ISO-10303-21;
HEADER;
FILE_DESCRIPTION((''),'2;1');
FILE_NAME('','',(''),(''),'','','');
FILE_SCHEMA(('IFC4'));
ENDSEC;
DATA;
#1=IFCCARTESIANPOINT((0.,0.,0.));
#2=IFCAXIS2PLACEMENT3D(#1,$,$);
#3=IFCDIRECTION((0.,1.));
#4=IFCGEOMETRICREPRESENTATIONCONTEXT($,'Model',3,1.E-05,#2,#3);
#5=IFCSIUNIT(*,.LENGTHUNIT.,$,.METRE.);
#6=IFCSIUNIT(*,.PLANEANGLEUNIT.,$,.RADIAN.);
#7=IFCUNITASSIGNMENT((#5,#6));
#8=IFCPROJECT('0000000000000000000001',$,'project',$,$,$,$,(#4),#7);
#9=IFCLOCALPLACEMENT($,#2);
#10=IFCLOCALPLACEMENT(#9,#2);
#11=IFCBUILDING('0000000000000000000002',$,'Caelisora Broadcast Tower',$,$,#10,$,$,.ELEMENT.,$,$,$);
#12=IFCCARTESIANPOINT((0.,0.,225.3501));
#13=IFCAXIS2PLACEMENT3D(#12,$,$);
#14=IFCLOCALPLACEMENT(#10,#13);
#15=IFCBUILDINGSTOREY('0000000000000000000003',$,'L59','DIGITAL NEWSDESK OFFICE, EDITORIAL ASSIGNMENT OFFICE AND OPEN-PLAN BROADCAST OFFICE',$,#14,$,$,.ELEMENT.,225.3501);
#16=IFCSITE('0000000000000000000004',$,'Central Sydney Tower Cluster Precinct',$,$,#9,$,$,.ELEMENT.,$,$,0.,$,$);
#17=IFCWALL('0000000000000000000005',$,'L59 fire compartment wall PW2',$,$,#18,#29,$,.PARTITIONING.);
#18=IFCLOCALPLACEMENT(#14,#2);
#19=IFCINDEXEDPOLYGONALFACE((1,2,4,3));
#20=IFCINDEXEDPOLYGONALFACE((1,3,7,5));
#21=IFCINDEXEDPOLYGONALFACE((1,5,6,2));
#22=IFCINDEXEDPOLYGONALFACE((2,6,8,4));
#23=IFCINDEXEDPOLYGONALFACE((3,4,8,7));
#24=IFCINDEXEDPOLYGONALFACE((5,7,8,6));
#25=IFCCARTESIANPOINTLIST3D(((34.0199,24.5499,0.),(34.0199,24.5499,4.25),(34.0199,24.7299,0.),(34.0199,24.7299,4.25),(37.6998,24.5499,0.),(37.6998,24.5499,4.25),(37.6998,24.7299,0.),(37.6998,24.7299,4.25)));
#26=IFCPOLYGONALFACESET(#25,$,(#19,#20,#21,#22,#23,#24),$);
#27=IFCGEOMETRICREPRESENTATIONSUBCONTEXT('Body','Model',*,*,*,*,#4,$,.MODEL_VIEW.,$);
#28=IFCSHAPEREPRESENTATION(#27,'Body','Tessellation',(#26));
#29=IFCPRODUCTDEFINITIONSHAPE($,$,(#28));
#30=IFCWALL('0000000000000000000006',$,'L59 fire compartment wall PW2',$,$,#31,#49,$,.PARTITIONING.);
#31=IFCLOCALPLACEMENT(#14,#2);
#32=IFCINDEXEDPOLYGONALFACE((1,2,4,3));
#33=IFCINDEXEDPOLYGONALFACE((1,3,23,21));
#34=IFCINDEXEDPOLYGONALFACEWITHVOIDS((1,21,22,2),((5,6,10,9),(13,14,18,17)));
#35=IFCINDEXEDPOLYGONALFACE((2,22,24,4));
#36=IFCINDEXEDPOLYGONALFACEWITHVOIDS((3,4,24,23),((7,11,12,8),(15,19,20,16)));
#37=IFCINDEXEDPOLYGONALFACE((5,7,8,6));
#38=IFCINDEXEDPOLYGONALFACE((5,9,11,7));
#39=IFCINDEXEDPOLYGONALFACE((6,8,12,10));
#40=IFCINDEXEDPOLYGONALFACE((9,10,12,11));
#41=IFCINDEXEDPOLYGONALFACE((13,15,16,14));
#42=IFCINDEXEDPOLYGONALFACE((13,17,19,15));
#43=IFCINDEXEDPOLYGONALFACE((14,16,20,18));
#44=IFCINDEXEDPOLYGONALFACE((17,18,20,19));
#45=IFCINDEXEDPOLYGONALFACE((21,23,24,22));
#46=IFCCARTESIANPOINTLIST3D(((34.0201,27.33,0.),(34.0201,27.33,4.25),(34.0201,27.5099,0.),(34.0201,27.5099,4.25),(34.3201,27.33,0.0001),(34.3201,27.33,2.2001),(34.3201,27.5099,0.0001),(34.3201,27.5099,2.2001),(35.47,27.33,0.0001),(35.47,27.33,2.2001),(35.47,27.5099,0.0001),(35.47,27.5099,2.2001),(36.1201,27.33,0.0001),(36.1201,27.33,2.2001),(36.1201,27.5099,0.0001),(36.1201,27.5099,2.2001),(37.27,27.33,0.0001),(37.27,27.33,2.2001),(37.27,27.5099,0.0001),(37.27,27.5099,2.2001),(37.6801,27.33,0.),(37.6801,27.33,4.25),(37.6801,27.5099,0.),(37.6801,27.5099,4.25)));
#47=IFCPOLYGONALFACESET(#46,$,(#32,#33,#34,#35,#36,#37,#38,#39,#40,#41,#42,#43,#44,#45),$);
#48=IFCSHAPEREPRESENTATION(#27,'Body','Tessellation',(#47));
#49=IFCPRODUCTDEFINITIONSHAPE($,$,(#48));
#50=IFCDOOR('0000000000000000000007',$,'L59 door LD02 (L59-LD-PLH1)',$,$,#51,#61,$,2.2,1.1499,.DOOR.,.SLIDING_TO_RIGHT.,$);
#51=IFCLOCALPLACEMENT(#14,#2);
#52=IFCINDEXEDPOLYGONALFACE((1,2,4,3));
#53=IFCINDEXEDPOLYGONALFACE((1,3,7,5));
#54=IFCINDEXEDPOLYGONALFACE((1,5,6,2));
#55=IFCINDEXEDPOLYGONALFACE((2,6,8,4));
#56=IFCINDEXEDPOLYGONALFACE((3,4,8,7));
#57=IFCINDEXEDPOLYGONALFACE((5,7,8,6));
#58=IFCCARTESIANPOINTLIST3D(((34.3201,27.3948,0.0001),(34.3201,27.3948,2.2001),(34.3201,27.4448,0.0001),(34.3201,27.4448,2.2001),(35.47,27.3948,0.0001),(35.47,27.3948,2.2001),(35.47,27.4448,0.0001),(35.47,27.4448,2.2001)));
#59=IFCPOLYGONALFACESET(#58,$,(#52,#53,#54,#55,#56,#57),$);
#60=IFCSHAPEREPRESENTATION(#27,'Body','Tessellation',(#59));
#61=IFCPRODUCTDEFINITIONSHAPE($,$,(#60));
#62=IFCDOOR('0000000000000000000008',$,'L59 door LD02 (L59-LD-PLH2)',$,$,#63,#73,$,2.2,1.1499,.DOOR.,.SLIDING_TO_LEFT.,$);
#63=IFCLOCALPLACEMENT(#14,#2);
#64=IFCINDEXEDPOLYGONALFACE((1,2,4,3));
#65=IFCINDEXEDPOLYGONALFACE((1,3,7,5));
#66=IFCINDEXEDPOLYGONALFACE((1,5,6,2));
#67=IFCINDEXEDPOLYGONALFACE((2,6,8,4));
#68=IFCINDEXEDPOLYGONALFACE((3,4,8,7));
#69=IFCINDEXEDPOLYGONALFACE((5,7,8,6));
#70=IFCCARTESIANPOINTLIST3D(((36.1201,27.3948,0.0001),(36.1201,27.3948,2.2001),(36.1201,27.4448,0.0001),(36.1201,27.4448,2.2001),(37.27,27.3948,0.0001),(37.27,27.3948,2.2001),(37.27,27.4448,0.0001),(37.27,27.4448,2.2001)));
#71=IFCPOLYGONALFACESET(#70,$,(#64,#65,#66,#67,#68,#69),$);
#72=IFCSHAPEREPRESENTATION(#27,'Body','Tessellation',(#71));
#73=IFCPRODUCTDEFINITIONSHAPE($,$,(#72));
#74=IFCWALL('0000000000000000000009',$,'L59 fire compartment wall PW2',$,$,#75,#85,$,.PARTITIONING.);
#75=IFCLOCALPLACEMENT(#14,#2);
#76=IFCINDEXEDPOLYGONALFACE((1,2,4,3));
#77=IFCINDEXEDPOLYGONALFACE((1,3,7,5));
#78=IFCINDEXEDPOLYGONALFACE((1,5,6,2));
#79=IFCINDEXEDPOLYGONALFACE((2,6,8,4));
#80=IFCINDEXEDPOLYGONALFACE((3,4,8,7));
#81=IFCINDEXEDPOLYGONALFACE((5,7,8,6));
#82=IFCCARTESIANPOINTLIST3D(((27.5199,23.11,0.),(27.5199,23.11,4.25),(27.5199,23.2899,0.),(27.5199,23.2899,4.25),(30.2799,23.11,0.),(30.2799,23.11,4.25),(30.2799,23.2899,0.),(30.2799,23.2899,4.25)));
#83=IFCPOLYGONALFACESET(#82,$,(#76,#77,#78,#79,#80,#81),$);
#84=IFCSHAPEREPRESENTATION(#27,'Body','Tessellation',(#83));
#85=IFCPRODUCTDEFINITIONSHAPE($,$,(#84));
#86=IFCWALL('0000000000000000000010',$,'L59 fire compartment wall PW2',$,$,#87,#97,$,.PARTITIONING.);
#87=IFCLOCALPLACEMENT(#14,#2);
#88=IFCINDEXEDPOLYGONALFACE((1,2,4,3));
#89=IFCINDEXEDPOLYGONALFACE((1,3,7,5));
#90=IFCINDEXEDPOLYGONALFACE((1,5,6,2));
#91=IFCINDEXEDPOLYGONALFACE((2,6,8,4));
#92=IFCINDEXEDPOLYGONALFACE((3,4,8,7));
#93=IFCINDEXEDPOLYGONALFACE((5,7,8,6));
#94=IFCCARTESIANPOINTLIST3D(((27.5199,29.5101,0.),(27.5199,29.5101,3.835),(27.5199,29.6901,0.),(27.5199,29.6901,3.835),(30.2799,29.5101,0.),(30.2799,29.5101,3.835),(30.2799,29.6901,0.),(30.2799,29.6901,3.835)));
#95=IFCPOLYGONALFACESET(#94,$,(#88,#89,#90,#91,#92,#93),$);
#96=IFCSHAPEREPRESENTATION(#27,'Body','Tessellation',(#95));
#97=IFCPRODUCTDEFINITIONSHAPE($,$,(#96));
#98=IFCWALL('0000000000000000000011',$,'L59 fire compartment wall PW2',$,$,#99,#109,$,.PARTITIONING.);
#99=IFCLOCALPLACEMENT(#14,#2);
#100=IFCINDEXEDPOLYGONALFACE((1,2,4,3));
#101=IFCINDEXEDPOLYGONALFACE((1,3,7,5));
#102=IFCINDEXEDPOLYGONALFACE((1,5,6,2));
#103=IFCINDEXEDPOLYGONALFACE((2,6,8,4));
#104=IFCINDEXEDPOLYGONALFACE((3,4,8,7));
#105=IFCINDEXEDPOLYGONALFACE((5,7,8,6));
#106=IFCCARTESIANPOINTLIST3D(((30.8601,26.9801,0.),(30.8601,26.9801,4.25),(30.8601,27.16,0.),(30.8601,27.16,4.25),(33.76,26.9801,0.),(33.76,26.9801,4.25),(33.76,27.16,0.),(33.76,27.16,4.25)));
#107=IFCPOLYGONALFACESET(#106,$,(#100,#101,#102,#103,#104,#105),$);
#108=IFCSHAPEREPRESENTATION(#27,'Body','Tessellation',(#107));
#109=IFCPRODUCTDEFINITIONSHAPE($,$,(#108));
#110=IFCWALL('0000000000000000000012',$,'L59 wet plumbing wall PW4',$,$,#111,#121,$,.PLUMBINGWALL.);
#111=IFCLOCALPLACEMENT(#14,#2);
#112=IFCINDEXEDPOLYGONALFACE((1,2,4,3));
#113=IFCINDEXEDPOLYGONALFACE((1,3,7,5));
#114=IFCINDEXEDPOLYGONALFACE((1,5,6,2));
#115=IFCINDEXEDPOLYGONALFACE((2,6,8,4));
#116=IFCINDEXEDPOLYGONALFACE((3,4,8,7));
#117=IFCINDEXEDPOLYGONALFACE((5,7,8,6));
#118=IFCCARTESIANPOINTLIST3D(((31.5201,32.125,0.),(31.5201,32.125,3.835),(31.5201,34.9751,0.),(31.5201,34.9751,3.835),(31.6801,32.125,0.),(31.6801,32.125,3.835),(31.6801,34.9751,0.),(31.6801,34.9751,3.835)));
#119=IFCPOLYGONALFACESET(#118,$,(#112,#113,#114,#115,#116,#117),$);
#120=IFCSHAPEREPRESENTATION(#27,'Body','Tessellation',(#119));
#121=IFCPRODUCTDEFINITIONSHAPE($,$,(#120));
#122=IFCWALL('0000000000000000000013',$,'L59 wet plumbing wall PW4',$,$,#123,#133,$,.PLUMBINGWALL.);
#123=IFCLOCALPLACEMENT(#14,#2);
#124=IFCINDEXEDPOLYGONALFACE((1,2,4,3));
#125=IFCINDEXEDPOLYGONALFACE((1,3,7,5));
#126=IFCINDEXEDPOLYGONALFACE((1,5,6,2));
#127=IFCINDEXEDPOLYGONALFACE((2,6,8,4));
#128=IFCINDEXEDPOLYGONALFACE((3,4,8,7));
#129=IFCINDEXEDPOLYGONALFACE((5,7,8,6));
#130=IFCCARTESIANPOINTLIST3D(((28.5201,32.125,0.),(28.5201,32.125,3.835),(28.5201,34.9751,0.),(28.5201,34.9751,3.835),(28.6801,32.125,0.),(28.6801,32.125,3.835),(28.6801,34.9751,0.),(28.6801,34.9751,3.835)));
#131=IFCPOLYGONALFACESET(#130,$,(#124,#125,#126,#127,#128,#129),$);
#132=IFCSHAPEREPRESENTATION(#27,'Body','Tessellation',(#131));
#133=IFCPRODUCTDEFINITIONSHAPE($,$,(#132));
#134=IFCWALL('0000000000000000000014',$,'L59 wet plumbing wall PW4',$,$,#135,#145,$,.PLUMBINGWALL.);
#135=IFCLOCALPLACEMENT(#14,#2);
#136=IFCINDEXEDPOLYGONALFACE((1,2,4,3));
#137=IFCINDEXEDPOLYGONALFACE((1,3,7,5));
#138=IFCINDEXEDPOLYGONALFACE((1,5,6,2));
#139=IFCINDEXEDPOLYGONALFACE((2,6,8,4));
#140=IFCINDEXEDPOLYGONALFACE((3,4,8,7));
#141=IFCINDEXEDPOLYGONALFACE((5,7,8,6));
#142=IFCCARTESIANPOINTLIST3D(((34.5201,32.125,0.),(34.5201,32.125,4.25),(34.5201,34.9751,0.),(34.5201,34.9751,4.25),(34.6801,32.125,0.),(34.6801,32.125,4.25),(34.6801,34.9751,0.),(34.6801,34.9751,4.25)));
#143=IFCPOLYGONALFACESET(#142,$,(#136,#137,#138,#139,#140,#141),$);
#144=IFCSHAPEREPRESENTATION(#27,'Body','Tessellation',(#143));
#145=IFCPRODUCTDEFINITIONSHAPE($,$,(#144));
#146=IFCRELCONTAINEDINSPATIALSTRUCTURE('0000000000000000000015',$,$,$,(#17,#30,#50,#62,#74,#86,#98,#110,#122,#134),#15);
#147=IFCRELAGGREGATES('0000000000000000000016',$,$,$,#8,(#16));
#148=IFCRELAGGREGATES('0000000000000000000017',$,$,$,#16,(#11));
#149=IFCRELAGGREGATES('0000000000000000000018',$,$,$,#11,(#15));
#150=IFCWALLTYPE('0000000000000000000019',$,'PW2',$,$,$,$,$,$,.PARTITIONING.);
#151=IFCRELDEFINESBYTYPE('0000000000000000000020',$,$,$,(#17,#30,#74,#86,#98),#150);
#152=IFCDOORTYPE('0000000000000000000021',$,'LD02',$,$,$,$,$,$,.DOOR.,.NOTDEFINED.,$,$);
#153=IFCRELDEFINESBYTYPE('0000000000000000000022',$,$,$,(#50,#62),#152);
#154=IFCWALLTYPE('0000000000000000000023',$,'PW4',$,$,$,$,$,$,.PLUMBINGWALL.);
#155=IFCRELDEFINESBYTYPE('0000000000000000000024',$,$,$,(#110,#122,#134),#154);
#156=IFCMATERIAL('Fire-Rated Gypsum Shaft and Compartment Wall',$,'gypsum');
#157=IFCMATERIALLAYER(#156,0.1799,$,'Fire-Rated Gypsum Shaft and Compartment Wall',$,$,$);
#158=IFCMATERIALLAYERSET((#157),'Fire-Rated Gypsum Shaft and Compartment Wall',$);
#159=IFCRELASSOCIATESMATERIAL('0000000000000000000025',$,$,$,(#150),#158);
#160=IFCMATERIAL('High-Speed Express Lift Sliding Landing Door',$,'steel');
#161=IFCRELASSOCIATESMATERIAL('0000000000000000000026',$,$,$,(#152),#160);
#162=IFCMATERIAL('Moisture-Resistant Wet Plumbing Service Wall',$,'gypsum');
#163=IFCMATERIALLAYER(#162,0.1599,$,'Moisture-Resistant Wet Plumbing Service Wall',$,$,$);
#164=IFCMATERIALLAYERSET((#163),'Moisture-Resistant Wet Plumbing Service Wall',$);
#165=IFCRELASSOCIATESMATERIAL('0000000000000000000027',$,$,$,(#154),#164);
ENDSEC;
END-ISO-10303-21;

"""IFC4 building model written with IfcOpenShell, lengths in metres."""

from ifc_helpers import new_model, si_unit, direction, frame, frame_2d, origin, place, context, subcontext, project, spatial, rectangle, extrude, material, layer, layer_set, type_object, element, fill, save


model = new_model("IFC4")

# Units and contexts
model_context = context("Model", 3, precision=1e-05, world=origin(), true_north=direction((0.0, 1.0)))
body_context = subcontext(model_context, "Body", "Model", "MODEL_VIEW")
ifc_project = project(units=[si_unit("LENGTHUNIT", "METRE"), si_unit("PLANEANGLEUNIT", "RADIAN")], contexts=[model_context])

# Site, building, storey
site_placement = place(None, origin())
site = spatial("IfcSite", under=ifc_project, at=site_placement, Name="Central Sydney Tower Cluster Precinct", CompositionType="ELEMENT", RefElevation=0.0)
building_placement = place(site_placement, origin())
building = spatial("IfcBuilding", under=site, at=building_placement, Name="Caelisora Broadcast Tower", CompositionType="ELEMENT")
storey_placement = place(building_placement, frame((0.0, 0.0, 225.3501)))
storey = spatial("IfcBuildingStorey", under=building, at=storey_placement, Name="L59", Description="DIGITAL NEWSDESK OFFICE, EDITORIAL ASSIGNMENT OFFICE AND OPEN-PLAN BROADCAST OFFICE", CompositionType="ELEMENT", Elevation=225.3501)

# Shared definitions
ifc_material_1 = material(Name="Fire-Rated Gypsum Shaft and Compartment Wall", Category="gypsum")
ifc_layer_1 = layer(ifc_material_1, 0.1799, Name="Fire-Rated Gypsum Shaft and Compartment Wall")
ifc_layer_set_1 = layer_set([ifc_layer_1], Name="Fire-Rated Gypsum Shaft and Compartment Wall")
wall_type_1 = type_object("IfcWallType", Name="PW2", PredefinedType="PARTITIONING", material=ifc_layer_set_1)
ifc_material_2 = material(Name="High-Speed Express Lift Sliding Landing Door", Category="steel")
door_type = type_object("IfcDoorType", Name="LD02", OperationType="NOTDEFINED", PredefinedType="DOOR", material=ifc_material_2)

# Wall
wall_1_placement = place(storey_placement, frame((34.02, 24.6399, 0.0), z_axis=(0.0, 0.0, 1.0), x_axis=(1.0, 0.0, 0.0)))
element("IfcWall", 1, at=wall_1_placement, inside=storey, type_object=wall_type_1, Name="L59 fire compartment wall PW2", PredefinedType="PARTITIONING", context=body_context, shape_type="SweptSolid", body=[
    extrude(rectangle(XDim=3.6799, YDim=0.1799, at=frame_2d((1.8398, 0.0))), origin(), (0.0, 0.0, 1.0), 4.25),
])

# Wall, openings, doors
wall_2_placement = place(storey_placement, frame((34.02, 27.4199, 0.0), z_axis=(0.0, 0.0, 1.0), x_axis=(1.0, 0.0, 0.0)))
wall_2 = element("IfcWall", 2, at=wall_2_placement, inside=storey, type_object=wall_type_1, Name="L59 fire compartment wall PW2", PredefinedType="PARTITIONING", context=body_context, shape_type="SweptSolid", body=[
    extrude(rectangle(XDim=3.6599, YDim=0.1799, at=frame_2d((1.8301, 0.0))), origin(), (0.0, 0.0, 1.0), 4.25),
])
opening_1_placement = place(wall_2_placement, frame((0.3, 0.0, 0.0)))
opening_1 = element("IfcOpeningElement", 3, at=opening_1_placement, cuts=wall_2, PredefinedType="OPENING", context=body_context, shape_type="SweptSolid", body=[
    extrude(rectangle(XDim=1.1499, YDim=2.2, at=frame_2d((0.575, 1.1001))), frame((0.0, 0.1021, 0.0), z_axis=(0.0, -1.0, 0.0), x_axis=(1.0, 0.0, 0.0)), (0.0, 0.0, 1.0), 0.2039),
])
opening_2_placement = place(wall_2_placement, frame((2.1001, 0.0, 0.0)))
opening_2 = element("IfcOpeningElement", 4, at=opening_2_placement, cuts=wall_2, PredefinedType="OPENING", context=body_context, shape_type="SweptSolid", body=[
    extrude(rectangle(XDim=1.1499, YDim=2.2, at=frame_2d((0.575, 1.1001))), frame((0.0, 0.1021, 0.0), z_axis=(0.0, -1.0, 0.0), x_axis=(1.0, 0.0, 0.0)), (0.0, 0.0, 1.0), 0.2039),
])
door_1_placement = place(opening_1_placement, origin())
door_1 = element("IfcDoor", 5, at=door_1_placement, inside=storey, type_object=door_type, Name="L59 door LD02 (L59-LD-PLH1)", OperationType="SLIDING_TO_RIGHT", OverallHeight=2.2, OverallWidth=1.1499, PredefinedType="DOOR", context=body_context, shape_type="SweptSolid", body=[
    extrude(rectangle(XDim=1.1499, YDim=2.2, at=frame_2d((0.575, 1.1001))), frame((0.0, 0.0249, 0.0), z_axis=(0.0, -1.0, 0.0), x_axis=(1.0, 0.0, 0.0)), (0.0, 0.0, 1.0), 0.05),
])
fill(opening_1, door_1)
door_2_placement = place(opening_2_placement, origin())
door_2 = element("IfcDoor", 6, at=door_2_placement, inside=storey, type_object=door_type, Name="L59 door LD02 (L59-LD-PLH2)", OperationType="SLIDING_TO_LEFT", OverallHeight=2.2, OverallWidth=1.1499, PredefinedType="DOOR", context=body_context, shape_type="SweptSolid", body=[
    extrude(rectangle(XDim=1.1499, YDim=2.2, at=frame_2d((0.575, 1.1001))), frame((0.0, 0.0249, 0.0), z_axis=(0.0, -1.0, 0.0), x_axis=(1.0, 0.0, 0.0)), (0.0, 0.0, 1.0), 0.05),
])
fill(opening_2, door_2)

# Walls
wall_3_placement = place(storey_placement, frame((27.52, 23.2, 0.0), z_axis=(0.0, 0.0, 1.0), x_axis=(1.0, 0.0, 0.0)))
element("IfcWall", 7, at=wall_3_placement, inside=storey, type_object=wall_type_1, Name="L59 fire compartment wall PW2", PredefinedType="PARTITIONING", context=body_context, shape_type="SweptSolid", body=[
    extrude(rectangle(XDim=2.76, YDim=0.1799, at=frame_2d((1.3799, 0.0))), origin(), (0.0, 0.0, 1.0), 4.25),
])
wall_4_placement = place(storey_placement, frame((27.52, 29.6001, 0.0), z_axis=(0.0, 0.0, 1.0), x_axis=(1.0, 0.0, 0.0)))
element("IfcWall", 8, at=wall_4_placement, inside=storey, type_object=wall_type_1, Name="L59 fire compartment wall PW2", PredefinedType="PARTITIONING", context=body_context, shape_type="SweptSolid", body=[
    extrude(rectangle(XDim=2.76, YDim=0.1799, at=frame_2d((1.3799, 0.0))), origin(), (0.0, 0.0, 1.0), 3.835),
])
wall_5_placement = place(storey_placement, frame((30.8601, 27.0701, 0.0), z_axis=(0.0, 0.0, 1.0), x_axis=(1.0, 0.0, 0.0)))
element("IfcWall", 9, at=wall_5_placement, inside=storey, type_object=wall_type_1, Name="L59 fire compartment wall PW2", PredefinedType="PARTITIONING", context=body_context, shape_type="SweptSolid", body=[
    extrude(rectangle(XDim=2.8999, YDim=0.1799, at=frame_2d((1.45, 0.0))), origin(), (0.0, 0.0, 1.0), 4.25),
])
ifc_material_3 = material(Name="Moisture-Resistant Wet Plumbing Service Wall", Category="gypsum")
ifc_layer_2 = layer(ifc_material_3, 0.1599, Name="Moisture-Resistant Wet Plumbing Service Wall")
ifc_layer_set_2 = layer_set([ifc_layer_2], Name="Moisture-Resistant Wet Plumbing Service Wall")
wall_type_2 = type_object("IfcWallType", Name="PW4", PredefinedType="PLUMBINGWALL", material=ifc_layer_set_2)
for number, where, z_axis, x_axis, name in (
    (10, (31.6001, 32.125, 0.0), (0.0, 0.0, 1.0), (0.0, 1.0, 0.0), "L59 wet plumbing wall PW4"),
    (11, (28.6001, 32.125, 0.0), (0.0, 0.0, 1.0), (0.0, 1.0, 0.0), "L59 wet plumbing wall PW4"),
):
    element("IfcWall", number, at=place(storey_placement, frame(where, z_axis=z_axis, x_axis=x_axis)), inside=storey, type_object=wall_type_2, Name=name, PredefinedType="PLUMBINGWALL", context=body_context, shape_type="SweptSolid", body=[
        extrude(rectangle(XDim=2.8501, YDim=0.1599, at=frame_2d((1.425, 0.0))), origin(), (0.0, 0.0, 1.0), 3.835),
    ])
wall_6_placement = place(storey_placement, frame((34.6001, 32.125, 0.0), z_axis=(0.0, 0.0, 1.0), x_axis=(0.0, 1.0, 0.0)))
element("IfcWall", 12, at=wall_6_placement, inside=storey, type_object=wall_type_2, Name="L59 wet plumbing wall PW4", PredefinedType="PLUMBINGWALL", context=body_context, shape_type="SweptSolid", body=[
    extrude(rectangle(XDim=2.8501, YDim=0.1599, at=frame_2d((1.425, 0.0))), origin(), (0.0, 0.0, 1.0), 4.25),
])

save(model, "model.ifc")
